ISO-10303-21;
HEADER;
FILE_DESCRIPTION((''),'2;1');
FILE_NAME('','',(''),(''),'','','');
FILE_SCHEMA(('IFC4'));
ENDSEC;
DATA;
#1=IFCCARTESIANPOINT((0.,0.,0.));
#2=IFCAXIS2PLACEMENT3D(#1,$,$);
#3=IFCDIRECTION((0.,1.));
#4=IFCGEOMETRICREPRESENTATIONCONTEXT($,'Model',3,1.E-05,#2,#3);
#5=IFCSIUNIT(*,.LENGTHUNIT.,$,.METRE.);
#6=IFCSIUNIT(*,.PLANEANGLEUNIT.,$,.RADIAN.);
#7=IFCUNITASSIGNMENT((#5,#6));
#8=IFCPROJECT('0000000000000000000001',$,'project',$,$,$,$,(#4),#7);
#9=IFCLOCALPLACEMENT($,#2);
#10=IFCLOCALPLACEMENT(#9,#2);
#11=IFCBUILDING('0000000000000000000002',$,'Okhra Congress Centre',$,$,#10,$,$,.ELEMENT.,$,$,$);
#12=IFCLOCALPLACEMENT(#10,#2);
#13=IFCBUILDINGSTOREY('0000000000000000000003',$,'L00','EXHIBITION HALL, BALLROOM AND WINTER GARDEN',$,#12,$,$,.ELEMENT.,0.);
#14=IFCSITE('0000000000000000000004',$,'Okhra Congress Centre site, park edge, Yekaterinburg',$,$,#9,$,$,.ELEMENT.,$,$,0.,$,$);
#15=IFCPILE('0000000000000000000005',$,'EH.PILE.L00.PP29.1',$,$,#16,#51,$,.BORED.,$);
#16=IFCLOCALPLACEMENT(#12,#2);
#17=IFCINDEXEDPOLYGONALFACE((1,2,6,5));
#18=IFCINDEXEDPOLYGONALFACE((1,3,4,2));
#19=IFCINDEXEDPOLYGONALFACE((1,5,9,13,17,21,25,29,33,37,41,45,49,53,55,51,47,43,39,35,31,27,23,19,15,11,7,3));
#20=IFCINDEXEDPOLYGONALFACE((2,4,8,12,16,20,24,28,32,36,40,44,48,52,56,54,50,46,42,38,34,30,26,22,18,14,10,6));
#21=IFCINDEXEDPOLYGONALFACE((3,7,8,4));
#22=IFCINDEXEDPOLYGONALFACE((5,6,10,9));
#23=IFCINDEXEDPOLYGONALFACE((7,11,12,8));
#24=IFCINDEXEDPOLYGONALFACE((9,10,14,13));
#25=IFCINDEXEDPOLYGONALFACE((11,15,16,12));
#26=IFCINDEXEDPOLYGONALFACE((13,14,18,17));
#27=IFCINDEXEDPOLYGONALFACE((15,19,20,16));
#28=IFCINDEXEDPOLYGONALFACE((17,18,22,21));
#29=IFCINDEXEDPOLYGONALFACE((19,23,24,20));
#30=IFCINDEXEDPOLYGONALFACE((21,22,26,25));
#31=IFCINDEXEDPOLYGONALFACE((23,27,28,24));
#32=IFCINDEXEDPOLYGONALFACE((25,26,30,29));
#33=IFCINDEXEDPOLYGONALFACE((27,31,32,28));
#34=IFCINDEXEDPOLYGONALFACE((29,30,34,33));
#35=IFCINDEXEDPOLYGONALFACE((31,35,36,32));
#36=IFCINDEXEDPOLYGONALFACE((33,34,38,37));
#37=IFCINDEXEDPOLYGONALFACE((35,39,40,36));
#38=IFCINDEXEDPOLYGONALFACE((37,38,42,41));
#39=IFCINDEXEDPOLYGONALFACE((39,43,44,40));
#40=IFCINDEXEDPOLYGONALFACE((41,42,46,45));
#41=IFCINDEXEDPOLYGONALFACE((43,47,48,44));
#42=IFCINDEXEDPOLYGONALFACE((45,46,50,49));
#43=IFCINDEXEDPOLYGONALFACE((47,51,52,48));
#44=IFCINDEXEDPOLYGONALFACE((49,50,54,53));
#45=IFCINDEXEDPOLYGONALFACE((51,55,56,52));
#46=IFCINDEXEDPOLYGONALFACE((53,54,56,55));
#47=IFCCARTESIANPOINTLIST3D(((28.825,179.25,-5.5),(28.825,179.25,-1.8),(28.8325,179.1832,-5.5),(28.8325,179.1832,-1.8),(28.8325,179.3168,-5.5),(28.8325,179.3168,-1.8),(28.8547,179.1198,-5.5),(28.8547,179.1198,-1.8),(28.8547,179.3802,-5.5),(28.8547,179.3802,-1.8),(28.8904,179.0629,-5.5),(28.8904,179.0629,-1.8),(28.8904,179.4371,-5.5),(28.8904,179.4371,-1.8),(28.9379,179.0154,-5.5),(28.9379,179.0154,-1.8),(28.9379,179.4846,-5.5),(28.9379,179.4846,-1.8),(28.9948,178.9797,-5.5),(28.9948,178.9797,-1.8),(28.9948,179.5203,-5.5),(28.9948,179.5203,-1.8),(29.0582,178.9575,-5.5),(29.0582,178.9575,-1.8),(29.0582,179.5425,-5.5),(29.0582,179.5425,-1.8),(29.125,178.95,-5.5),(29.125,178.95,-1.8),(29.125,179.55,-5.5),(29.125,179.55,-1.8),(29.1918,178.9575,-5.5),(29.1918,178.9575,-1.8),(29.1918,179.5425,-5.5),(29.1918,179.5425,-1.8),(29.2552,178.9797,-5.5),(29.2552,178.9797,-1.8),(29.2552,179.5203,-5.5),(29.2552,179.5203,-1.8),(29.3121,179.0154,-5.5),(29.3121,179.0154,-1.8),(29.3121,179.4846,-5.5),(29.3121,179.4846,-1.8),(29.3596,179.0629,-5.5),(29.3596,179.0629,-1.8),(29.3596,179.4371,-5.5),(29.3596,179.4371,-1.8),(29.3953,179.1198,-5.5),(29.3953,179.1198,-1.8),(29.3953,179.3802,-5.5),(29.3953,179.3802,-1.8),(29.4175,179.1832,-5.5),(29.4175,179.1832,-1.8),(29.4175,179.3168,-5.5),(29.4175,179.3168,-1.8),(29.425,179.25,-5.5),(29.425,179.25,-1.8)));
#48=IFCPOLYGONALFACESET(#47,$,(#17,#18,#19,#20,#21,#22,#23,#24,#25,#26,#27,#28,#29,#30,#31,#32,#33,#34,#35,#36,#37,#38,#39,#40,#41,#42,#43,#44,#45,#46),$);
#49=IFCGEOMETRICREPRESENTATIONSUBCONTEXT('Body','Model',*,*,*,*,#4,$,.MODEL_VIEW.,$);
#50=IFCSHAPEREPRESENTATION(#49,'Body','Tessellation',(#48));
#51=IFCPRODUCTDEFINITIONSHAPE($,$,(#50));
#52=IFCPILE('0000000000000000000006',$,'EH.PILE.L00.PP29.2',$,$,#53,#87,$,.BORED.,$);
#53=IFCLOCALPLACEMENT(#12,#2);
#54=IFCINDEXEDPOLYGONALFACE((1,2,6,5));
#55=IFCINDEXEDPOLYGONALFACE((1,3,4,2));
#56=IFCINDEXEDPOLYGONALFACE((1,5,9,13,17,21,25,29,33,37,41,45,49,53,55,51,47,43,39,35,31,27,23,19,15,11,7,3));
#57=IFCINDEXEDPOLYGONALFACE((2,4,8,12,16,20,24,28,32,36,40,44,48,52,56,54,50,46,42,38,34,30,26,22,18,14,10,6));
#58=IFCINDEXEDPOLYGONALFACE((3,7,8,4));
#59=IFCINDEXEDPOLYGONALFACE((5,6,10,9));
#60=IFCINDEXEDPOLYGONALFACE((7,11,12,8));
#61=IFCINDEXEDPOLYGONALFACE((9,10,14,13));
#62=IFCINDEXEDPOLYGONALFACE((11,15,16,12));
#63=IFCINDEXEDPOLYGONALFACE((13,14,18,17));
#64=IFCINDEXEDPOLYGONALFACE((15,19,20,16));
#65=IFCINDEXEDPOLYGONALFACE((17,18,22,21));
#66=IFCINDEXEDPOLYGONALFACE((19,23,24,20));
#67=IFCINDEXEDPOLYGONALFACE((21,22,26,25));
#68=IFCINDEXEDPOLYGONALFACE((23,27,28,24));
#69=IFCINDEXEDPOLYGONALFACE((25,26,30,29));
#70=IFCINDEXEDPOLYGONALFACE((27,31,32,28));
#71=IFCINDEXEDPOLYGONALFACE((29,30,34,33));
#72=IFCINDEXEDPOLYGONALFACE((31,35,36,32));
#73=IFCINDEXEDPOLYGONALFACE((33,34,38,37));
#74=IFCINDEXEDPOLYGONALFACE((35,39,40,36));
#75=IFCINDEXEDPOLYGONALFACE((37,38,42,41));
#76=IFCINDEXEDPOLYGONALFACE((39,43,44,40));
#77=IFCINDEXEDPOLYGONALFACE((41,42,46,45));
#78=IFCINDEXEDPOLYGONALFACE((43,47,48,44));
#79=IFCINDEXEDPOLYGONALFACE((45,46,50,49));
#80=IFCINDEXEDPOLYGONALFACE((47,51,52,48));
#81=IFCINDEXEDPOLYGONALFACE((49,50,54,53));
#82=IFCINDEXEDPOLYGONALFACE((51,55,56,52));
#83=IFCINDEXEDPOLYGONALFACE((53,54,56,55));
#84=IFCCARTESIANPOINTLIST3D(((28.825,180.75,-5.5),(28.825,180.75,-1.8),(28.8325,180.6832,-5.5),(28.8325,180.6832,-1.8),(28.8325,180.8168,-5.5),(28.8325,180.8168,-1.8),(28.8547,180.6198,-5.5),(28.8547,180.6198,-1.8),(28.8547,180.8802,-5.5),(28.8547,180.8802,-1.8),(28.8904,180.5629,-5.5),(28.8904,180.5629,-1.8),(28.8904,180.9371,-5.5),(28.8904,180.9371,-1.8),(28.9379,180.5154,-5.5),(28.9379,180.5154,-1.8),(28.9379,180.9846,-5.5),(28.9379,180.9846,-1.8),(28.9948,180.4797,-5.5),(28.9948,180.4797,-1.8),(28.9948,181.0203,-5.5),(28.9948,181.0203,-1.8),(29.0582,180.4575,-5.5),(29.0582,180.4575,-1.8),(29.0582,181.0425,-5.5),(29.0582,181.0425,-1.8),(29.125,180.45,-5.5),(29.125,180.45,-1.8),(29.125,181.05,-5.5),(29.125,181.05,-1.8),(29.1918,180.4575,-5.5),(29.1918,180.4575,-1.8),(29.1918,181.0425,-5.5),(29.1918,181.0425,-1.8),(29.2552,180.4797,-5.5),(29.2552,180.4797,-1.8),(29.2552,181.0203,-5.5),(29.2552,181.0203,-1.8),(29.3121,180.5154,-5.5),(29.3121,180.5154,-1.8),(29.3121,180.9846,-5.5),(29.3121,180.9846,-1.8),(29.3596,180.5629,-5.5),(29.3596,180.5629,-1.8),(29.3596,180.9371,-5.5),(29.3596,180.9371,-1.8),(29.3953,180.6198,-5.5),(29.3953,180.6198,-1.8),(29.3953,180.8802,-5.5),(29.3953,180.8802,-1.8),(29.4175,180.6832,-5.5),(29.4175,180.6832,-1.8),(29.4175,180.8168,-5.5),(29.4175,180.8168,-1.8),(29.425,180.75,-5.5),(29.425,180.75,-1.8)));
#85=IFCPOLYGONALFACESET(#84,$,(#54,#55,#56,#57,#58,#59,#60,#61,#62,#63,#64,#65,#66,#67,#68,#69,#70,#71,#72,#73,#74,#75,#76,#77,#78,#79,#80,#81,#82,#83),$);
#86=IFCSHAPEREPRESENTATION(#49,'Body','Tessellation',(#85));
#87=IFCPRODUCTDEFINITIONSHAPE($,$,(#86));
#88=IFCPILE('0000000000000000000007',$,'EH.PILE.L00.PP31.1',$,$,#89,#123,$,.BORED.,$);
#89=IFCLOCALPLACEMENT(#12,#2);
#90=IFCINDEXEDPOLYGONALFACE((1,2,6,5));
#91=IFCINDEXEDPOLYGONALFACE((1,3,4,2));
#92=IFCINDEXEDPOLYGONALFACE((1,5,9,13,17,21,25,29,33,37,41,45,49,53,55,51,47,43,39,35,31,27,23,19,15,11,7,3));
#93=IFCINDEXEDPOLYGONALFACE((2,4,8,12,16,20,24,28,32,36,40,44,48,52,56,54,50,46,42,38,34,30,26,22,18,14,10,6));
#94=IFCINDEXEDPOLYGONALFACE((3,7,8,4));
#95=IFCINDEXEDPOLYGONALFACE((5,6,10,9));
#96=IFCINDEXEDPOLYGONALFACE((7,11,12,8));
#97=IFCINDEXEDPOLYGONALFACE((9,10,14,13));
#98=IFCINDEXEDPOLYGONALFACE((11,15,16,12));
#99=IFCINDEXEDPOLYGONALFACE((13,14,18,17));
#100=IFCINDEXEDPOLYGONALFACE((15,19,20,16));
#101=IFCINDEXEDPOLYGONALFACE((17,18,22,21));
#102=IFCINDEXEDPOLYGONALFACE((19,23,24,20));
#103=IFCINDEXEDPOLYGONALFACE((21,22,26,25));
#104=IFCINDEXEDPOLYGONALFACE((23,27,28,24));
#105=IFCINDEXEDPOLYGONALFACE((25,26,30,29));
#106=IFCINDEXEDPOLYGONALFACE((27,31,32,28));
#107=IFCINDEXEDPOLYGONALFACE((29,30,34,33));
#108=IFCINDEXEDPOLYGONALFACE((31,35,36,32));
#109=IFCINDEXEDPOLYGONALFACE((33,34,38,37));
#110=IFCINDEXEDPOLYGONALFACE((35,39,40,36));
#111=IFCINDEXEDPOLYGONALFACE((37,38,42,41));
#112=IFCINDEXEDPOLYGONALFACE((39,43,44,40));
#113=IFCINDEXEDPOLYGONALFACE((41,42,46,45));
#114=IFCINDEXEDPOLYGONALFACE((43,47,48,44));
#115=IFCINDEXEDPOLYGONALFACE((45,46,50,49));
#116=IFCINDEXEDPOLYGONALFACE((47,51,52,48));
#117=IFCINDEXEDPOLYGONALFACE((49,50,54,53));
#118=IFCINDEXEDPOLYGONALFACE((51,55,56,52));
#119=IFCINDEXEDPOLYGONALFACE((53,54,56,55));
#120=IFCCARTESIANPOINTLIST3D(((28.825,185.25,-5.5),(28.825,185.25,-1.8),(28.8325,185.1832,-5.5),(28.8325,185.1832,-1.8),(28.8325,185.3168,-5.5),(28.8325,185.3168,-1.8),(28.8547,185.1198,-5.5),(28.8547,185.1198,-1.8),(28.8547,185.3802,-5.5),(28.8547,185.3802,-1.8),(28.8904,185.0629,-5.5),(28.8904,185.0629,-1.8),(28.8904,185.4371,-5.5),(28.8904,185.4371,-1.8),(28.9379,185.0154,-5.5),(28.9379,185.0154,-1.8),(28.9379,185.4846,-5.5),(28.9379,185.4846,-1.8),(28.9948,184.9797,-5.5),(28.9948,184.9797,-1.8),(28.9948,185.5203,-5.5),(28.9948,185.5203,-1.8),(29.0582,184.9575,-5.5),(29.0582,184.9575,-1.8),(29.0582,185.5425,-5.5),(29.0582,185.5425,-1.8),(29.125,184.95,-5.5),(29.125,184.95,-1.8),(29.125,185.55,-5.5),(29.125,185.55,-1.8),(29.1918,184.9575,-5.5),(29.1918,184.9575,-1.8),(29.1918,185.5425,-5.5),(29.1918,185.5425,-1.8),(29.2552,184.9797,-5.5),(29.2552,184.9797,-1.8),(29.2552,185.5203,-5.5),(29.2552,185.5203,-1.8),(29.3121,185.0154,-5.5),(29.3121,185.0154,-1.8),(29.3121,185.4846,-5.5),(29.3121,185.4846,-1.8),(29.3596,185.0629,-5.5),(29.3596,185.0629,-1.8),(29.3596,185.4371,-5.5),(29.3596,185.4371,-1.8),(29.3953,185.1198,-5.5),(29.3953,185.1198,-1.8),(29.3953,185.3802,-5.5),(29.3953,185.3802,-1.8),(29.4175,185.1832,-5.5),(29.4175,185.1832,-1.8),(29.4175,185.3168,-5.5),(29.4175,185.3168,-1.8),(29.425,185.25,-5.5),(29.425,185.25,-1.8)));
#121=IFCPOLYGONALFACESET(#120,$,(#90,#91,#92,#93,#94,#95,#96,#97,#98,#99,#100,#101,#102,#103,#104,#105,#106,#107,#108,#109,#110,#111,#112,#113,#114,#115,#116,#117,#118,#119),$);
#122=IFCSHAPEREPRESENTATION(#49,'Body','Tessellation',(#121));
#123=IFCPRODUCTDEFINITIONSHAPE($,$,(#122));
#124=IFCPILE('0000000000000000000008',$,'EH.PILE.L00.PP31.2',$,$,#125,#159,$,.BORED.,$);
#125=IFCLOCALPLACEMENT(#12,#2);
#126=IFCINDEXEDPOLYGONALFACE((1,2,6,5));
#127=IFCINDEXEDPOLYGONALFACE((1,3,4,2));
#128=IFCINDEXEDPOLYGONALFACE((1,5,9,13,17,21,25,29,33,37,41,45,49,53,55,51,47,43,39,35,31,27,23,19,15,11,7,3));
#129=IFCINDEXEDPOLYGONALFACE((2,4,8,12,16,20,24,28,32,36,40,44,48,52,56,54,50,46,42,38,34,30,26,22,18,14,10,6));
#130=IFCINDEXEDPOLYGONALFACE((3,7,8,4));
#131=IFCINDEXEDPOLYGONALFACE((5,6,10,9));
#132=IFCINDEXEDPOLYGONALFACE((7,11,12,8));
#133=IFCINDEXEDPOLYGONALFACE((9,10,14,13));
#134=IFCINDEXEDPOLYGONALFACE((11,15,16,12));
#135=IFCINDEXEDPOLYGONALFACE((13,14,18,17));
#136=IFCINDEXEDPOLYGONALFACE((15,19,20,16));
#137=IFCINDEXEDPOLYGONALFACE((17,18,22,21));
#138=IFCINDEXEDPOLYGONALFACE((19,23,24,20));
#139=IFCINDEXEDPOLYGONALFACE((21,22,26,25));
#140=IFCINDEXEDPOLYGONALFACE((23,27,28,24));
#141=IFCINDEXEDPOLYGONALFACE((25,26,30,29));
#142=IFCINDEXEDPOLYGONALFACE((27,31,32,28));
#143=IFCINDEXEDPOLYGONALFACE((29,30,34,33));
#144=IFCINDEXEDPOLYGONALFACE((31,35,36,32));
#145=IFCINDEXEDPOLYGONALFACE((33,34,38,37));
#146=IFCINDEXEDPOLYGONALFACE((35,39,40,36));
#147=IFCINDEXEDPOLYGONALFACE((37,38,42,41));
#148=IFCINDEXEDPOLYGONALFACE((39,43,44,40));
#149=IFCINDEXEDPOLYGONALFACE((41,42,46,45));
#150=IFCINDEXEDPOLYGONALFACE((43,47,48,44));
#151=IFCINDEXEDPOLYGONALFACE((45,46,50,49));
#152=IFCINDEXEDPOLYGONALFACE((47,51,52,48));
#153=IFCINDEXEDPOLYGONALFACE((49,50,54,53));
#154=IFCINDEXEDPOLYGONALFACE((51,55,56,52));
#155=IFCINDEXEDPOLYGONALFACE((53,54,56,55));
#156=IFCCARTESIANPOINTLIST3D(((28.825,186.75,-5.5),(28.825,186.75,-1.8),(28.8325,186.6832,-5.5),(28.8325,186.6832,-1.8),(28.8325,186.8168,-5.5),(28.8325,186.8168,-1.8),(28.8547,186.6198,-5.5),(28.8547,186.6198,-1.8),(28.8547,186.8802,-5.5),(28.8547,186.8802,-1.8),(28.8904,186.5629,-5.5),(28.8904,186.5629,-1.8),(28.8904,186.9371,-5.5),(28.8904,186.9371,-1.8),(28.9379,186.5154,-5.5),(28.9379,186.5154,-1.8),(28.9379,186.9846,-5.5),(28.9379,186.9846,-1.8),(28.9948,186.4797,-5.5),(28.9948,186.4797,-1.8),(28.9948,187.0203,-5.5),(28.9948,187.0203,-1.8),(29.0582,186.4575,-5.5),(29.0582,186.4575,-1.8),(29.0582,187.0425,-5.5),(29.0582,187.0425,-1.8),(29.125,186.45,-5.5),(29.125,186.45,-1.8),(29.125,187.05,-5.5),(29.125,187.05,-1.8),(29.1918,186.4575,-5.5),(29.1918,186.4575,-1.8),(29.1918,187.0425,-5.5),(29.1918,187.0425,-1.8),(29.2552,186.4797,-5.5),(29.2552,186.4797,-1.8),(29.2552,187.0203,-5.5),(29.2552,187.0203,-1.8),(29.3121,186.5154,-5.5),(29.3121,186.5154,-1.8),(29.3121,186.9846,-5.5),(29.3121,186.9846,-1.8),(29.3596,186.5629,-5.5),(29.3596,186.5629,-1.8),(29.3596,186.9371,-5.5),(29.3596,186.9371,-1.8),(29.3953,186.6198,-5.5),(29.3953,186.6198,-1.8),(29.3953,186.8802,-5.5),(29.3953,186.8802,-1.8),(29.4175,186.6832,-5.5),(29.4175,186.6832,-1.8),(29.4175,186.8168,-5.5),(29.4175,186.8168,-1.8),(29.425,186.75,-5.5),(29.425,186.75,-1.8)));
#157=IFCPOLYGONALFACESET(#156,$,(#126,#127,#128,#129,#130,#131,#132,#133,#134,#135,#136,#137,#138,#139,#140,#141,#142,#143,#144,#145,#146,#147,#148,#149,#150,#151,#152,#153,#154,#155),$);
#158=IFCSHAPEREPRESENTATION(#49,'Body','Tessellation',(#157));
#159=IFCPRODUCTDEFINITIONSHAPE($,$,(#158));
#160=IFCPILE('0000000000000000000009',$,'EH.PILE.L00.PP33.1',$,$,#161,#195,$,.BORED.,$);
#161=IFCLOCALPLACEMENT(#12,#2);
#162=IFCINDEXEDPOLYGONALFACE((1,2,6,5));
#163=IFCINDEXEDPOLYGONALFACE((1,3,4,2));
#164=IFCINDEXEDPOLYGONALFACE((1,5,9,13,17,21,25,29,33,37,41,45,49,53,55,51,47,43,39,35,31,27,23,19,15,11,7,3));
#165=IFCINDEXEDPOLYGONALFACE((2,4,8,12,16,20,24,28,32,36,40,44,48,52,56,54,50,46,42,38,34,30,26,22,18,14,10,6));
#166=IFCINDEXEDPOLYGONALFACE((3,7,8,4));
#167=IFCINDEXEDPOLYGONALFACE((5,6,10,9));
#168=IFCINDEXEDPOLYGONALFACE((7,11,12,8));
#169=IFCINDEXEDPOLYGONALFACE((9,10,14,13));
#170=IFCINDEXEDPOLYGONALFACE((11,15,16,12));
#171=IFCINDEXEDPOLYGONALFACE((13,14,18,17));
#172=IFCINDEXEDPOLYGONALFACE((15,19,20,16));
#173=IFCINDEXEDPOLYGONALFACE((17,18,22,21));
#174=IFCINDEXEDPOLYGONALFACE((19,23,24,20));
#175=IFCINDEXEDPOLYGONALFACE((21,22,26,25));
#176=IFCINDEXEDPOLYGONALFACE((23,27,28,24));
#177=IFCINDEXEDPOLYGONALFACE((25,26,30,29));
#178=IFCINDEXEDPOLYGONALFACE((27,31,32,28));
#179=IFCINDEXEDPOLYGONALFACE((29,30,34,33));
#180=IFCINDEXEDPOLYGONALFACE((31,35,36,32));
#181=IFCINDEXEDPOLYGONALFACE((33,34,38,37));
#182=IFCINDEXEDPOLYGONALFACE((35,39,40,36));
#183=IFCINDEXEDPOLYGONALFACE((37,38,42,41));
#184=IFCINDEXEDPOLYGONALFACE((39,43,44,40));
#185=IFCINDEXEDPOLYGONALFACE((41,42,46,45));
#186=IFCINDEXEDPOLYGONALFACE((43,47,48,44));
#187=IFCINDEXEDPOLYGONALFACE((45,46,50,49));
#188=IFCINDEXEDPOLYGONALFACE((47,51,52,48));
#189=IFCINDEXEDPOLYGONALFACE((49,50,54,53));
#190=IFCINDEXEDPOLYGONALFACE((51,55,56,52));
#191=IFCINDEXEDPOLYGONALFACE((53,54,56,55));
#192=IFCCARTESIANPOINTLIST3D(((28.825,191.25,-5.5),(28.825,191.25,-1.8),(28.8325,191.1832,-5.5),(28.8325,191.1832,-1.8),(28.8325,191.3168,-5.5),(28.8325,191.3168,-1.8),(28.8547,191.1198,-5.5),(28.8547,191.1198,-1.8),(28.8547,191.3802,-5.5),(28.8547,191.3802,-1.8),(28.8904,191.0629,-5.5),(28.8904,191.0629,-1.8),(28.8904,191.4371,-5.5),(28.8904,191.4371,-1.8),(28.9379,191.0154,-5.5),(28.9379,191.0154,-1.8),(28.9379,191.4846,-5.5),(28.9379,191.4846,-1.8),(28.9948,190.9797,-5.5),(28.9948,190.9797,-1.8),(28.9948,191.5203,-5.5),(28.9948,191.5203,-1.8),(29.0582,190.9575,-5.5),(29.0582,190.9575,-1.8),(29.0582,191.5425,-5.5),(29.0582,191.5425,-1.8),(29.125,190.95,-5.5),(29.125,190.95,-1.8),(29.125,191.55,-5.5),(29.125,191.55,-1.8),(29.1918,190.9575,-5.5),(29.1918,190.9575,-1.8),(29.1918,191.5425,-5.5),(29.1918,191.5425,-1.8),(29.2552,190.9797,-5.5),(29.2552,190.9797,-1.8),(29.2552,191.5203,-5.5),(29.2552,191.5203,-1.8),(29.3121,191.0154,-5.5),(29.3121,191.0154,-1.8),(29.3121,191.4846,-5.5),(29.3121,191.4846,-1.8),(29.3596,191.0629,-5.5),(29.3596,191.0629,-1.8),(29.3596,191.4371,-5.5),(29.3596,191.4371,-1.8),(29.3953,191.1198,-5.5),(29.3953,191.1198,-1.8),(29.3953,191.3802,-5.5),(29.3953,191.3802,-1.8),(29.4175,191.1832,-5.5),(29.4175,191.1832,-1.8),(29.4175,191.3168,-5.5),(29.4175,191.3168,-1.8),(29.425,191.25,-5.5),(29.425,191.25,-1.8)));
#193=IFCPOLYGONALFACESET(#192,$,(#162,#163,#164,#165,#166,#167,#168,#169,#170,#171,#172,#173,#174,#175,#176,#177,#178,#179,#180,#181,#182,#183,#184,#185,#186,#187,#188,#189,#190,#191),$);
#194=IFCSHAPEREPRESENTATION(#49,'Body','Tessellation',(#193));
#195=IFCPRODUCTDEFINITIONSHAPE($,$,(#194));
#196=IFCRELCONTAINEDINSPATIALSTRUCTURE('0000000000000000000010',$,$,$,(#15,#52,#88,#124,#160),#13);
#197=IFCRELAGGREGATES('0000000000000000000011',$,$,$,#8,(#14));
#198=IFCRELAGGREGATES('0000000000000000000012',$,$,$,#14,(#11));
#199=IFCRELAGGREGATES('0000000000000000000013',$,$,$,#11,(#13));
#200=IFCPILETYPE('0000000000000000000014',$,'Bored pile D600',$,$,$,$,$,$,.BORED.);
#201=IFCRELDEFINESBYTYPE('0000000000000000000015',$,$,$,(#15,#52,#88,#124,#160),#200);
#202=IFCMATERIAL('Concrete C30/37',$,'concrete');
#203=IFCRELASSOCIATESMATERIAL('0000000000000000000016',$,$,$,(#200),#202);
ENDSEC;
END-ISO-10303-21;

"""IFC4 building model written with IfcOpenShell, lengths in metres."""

from ifc_helpers import new_model, si_unit, direction, frame, origin, origin_2d, place, context, subcontext, project, spatial, circle, extrude, material, material_profile, profile_set, type_object, element, save


model = new_model("IFC4")

# Units and contexts
model_context = context("Model", 3, precision=1e-05, world=origin(), true_north=direction((0.0, 1.0)))
body_context = subcontext(model_context, "Body", "Model", "MODEL_VIEW")
ifc_project = project(units=[si_unit("LENGTHUNIT", "METRE"), si_unit("PLANEANGLEUNIT", "RADIAN")], contexts=[model_context])

# Site, building, storey
site_placement = place(None, origin())
site = spatial("IfcSite", under=ifc_project, at=site_placement, Name="Okhra Congress Centre site, park edge, Yekaterinburg", CompositionType="ELEMENT", RefElevation=0.0)
building_placement = place(site_placement, origin())
building = spatial("IfcBuilding", under=site, at=building_placement, Name="Okhra Congress Centre", CompositionType="ELEMENT")
storey_placement = place(building_placement, origin())
storey = spatial("IfcBuildingStorey", under=building, at=storey_placement, Name="L00", Description="EXHIBITION HALL, BALLROOM AND WINTER GARDEN", CompositionType="ELEMENT", Elevation=0.0)

# Piles
ifc_material_1 = material(Name="Concrete C30/37", Category="concrete")
ifc_material_profile_1 = material_profile(ifc_material_1, circle(Radius=0.3, at=origin_2d()), Name="D600")
ifc_profile_set_1 = profile_set([ifc_material_profile_1], Name="Concrete C30/37")
pile_type_1 = type_object("IfcPileType", Name="Bored pile D600", PredefinedType="BORED", material=ifc_profile_set_1)
for number, where, z_axis, x_axis, name in (
    (1, (29.125, 179.25, -1.8), (0.0, 0.0, -1.0), (1.0, 0.0, 0.0), "EH.PILE.L00.PP29.1"),
    (2, (29.125, 180.75, -1.8), (0.0, 0.0, -1.0), (1.0, 0.0, 0.0), "EH.PILE.L00.PP29.2"),
    (3, (29.125, 185.25, -1.8), (0.0, 0.0, -1.0), (1.0, 0.0, 0.0), "EH.PILE.L00.PP31.1"),
    (4, (29.125, 186.75, -1.8), (0.0, 0.0, -1.0), (1.0, 0.0, 0.0), "EH.PILE.L00.PP31.2"),
    (5, (29.125, 191.25, -1.8), (0.0, 0.0, -1.0), (1.0, 0.0, 0.0), "EH.PILE.L00.PP33.1"),
):
    element("IfcPile", number, at=place(storey_placement, frame(where, z_axis=z_axis, x_axis=x_axis)), inside=storey, type_object=pile_type_1, Name=name, PredefinedType="BORED", context=body_context, shape_type="SweptSolid", body=[
        extrude(circle(Radius=0.3, at=origin_2d()), origin(), (0.0, 0.0, 1.0), 3.7),
    ])

save(model, "model.ifc")
